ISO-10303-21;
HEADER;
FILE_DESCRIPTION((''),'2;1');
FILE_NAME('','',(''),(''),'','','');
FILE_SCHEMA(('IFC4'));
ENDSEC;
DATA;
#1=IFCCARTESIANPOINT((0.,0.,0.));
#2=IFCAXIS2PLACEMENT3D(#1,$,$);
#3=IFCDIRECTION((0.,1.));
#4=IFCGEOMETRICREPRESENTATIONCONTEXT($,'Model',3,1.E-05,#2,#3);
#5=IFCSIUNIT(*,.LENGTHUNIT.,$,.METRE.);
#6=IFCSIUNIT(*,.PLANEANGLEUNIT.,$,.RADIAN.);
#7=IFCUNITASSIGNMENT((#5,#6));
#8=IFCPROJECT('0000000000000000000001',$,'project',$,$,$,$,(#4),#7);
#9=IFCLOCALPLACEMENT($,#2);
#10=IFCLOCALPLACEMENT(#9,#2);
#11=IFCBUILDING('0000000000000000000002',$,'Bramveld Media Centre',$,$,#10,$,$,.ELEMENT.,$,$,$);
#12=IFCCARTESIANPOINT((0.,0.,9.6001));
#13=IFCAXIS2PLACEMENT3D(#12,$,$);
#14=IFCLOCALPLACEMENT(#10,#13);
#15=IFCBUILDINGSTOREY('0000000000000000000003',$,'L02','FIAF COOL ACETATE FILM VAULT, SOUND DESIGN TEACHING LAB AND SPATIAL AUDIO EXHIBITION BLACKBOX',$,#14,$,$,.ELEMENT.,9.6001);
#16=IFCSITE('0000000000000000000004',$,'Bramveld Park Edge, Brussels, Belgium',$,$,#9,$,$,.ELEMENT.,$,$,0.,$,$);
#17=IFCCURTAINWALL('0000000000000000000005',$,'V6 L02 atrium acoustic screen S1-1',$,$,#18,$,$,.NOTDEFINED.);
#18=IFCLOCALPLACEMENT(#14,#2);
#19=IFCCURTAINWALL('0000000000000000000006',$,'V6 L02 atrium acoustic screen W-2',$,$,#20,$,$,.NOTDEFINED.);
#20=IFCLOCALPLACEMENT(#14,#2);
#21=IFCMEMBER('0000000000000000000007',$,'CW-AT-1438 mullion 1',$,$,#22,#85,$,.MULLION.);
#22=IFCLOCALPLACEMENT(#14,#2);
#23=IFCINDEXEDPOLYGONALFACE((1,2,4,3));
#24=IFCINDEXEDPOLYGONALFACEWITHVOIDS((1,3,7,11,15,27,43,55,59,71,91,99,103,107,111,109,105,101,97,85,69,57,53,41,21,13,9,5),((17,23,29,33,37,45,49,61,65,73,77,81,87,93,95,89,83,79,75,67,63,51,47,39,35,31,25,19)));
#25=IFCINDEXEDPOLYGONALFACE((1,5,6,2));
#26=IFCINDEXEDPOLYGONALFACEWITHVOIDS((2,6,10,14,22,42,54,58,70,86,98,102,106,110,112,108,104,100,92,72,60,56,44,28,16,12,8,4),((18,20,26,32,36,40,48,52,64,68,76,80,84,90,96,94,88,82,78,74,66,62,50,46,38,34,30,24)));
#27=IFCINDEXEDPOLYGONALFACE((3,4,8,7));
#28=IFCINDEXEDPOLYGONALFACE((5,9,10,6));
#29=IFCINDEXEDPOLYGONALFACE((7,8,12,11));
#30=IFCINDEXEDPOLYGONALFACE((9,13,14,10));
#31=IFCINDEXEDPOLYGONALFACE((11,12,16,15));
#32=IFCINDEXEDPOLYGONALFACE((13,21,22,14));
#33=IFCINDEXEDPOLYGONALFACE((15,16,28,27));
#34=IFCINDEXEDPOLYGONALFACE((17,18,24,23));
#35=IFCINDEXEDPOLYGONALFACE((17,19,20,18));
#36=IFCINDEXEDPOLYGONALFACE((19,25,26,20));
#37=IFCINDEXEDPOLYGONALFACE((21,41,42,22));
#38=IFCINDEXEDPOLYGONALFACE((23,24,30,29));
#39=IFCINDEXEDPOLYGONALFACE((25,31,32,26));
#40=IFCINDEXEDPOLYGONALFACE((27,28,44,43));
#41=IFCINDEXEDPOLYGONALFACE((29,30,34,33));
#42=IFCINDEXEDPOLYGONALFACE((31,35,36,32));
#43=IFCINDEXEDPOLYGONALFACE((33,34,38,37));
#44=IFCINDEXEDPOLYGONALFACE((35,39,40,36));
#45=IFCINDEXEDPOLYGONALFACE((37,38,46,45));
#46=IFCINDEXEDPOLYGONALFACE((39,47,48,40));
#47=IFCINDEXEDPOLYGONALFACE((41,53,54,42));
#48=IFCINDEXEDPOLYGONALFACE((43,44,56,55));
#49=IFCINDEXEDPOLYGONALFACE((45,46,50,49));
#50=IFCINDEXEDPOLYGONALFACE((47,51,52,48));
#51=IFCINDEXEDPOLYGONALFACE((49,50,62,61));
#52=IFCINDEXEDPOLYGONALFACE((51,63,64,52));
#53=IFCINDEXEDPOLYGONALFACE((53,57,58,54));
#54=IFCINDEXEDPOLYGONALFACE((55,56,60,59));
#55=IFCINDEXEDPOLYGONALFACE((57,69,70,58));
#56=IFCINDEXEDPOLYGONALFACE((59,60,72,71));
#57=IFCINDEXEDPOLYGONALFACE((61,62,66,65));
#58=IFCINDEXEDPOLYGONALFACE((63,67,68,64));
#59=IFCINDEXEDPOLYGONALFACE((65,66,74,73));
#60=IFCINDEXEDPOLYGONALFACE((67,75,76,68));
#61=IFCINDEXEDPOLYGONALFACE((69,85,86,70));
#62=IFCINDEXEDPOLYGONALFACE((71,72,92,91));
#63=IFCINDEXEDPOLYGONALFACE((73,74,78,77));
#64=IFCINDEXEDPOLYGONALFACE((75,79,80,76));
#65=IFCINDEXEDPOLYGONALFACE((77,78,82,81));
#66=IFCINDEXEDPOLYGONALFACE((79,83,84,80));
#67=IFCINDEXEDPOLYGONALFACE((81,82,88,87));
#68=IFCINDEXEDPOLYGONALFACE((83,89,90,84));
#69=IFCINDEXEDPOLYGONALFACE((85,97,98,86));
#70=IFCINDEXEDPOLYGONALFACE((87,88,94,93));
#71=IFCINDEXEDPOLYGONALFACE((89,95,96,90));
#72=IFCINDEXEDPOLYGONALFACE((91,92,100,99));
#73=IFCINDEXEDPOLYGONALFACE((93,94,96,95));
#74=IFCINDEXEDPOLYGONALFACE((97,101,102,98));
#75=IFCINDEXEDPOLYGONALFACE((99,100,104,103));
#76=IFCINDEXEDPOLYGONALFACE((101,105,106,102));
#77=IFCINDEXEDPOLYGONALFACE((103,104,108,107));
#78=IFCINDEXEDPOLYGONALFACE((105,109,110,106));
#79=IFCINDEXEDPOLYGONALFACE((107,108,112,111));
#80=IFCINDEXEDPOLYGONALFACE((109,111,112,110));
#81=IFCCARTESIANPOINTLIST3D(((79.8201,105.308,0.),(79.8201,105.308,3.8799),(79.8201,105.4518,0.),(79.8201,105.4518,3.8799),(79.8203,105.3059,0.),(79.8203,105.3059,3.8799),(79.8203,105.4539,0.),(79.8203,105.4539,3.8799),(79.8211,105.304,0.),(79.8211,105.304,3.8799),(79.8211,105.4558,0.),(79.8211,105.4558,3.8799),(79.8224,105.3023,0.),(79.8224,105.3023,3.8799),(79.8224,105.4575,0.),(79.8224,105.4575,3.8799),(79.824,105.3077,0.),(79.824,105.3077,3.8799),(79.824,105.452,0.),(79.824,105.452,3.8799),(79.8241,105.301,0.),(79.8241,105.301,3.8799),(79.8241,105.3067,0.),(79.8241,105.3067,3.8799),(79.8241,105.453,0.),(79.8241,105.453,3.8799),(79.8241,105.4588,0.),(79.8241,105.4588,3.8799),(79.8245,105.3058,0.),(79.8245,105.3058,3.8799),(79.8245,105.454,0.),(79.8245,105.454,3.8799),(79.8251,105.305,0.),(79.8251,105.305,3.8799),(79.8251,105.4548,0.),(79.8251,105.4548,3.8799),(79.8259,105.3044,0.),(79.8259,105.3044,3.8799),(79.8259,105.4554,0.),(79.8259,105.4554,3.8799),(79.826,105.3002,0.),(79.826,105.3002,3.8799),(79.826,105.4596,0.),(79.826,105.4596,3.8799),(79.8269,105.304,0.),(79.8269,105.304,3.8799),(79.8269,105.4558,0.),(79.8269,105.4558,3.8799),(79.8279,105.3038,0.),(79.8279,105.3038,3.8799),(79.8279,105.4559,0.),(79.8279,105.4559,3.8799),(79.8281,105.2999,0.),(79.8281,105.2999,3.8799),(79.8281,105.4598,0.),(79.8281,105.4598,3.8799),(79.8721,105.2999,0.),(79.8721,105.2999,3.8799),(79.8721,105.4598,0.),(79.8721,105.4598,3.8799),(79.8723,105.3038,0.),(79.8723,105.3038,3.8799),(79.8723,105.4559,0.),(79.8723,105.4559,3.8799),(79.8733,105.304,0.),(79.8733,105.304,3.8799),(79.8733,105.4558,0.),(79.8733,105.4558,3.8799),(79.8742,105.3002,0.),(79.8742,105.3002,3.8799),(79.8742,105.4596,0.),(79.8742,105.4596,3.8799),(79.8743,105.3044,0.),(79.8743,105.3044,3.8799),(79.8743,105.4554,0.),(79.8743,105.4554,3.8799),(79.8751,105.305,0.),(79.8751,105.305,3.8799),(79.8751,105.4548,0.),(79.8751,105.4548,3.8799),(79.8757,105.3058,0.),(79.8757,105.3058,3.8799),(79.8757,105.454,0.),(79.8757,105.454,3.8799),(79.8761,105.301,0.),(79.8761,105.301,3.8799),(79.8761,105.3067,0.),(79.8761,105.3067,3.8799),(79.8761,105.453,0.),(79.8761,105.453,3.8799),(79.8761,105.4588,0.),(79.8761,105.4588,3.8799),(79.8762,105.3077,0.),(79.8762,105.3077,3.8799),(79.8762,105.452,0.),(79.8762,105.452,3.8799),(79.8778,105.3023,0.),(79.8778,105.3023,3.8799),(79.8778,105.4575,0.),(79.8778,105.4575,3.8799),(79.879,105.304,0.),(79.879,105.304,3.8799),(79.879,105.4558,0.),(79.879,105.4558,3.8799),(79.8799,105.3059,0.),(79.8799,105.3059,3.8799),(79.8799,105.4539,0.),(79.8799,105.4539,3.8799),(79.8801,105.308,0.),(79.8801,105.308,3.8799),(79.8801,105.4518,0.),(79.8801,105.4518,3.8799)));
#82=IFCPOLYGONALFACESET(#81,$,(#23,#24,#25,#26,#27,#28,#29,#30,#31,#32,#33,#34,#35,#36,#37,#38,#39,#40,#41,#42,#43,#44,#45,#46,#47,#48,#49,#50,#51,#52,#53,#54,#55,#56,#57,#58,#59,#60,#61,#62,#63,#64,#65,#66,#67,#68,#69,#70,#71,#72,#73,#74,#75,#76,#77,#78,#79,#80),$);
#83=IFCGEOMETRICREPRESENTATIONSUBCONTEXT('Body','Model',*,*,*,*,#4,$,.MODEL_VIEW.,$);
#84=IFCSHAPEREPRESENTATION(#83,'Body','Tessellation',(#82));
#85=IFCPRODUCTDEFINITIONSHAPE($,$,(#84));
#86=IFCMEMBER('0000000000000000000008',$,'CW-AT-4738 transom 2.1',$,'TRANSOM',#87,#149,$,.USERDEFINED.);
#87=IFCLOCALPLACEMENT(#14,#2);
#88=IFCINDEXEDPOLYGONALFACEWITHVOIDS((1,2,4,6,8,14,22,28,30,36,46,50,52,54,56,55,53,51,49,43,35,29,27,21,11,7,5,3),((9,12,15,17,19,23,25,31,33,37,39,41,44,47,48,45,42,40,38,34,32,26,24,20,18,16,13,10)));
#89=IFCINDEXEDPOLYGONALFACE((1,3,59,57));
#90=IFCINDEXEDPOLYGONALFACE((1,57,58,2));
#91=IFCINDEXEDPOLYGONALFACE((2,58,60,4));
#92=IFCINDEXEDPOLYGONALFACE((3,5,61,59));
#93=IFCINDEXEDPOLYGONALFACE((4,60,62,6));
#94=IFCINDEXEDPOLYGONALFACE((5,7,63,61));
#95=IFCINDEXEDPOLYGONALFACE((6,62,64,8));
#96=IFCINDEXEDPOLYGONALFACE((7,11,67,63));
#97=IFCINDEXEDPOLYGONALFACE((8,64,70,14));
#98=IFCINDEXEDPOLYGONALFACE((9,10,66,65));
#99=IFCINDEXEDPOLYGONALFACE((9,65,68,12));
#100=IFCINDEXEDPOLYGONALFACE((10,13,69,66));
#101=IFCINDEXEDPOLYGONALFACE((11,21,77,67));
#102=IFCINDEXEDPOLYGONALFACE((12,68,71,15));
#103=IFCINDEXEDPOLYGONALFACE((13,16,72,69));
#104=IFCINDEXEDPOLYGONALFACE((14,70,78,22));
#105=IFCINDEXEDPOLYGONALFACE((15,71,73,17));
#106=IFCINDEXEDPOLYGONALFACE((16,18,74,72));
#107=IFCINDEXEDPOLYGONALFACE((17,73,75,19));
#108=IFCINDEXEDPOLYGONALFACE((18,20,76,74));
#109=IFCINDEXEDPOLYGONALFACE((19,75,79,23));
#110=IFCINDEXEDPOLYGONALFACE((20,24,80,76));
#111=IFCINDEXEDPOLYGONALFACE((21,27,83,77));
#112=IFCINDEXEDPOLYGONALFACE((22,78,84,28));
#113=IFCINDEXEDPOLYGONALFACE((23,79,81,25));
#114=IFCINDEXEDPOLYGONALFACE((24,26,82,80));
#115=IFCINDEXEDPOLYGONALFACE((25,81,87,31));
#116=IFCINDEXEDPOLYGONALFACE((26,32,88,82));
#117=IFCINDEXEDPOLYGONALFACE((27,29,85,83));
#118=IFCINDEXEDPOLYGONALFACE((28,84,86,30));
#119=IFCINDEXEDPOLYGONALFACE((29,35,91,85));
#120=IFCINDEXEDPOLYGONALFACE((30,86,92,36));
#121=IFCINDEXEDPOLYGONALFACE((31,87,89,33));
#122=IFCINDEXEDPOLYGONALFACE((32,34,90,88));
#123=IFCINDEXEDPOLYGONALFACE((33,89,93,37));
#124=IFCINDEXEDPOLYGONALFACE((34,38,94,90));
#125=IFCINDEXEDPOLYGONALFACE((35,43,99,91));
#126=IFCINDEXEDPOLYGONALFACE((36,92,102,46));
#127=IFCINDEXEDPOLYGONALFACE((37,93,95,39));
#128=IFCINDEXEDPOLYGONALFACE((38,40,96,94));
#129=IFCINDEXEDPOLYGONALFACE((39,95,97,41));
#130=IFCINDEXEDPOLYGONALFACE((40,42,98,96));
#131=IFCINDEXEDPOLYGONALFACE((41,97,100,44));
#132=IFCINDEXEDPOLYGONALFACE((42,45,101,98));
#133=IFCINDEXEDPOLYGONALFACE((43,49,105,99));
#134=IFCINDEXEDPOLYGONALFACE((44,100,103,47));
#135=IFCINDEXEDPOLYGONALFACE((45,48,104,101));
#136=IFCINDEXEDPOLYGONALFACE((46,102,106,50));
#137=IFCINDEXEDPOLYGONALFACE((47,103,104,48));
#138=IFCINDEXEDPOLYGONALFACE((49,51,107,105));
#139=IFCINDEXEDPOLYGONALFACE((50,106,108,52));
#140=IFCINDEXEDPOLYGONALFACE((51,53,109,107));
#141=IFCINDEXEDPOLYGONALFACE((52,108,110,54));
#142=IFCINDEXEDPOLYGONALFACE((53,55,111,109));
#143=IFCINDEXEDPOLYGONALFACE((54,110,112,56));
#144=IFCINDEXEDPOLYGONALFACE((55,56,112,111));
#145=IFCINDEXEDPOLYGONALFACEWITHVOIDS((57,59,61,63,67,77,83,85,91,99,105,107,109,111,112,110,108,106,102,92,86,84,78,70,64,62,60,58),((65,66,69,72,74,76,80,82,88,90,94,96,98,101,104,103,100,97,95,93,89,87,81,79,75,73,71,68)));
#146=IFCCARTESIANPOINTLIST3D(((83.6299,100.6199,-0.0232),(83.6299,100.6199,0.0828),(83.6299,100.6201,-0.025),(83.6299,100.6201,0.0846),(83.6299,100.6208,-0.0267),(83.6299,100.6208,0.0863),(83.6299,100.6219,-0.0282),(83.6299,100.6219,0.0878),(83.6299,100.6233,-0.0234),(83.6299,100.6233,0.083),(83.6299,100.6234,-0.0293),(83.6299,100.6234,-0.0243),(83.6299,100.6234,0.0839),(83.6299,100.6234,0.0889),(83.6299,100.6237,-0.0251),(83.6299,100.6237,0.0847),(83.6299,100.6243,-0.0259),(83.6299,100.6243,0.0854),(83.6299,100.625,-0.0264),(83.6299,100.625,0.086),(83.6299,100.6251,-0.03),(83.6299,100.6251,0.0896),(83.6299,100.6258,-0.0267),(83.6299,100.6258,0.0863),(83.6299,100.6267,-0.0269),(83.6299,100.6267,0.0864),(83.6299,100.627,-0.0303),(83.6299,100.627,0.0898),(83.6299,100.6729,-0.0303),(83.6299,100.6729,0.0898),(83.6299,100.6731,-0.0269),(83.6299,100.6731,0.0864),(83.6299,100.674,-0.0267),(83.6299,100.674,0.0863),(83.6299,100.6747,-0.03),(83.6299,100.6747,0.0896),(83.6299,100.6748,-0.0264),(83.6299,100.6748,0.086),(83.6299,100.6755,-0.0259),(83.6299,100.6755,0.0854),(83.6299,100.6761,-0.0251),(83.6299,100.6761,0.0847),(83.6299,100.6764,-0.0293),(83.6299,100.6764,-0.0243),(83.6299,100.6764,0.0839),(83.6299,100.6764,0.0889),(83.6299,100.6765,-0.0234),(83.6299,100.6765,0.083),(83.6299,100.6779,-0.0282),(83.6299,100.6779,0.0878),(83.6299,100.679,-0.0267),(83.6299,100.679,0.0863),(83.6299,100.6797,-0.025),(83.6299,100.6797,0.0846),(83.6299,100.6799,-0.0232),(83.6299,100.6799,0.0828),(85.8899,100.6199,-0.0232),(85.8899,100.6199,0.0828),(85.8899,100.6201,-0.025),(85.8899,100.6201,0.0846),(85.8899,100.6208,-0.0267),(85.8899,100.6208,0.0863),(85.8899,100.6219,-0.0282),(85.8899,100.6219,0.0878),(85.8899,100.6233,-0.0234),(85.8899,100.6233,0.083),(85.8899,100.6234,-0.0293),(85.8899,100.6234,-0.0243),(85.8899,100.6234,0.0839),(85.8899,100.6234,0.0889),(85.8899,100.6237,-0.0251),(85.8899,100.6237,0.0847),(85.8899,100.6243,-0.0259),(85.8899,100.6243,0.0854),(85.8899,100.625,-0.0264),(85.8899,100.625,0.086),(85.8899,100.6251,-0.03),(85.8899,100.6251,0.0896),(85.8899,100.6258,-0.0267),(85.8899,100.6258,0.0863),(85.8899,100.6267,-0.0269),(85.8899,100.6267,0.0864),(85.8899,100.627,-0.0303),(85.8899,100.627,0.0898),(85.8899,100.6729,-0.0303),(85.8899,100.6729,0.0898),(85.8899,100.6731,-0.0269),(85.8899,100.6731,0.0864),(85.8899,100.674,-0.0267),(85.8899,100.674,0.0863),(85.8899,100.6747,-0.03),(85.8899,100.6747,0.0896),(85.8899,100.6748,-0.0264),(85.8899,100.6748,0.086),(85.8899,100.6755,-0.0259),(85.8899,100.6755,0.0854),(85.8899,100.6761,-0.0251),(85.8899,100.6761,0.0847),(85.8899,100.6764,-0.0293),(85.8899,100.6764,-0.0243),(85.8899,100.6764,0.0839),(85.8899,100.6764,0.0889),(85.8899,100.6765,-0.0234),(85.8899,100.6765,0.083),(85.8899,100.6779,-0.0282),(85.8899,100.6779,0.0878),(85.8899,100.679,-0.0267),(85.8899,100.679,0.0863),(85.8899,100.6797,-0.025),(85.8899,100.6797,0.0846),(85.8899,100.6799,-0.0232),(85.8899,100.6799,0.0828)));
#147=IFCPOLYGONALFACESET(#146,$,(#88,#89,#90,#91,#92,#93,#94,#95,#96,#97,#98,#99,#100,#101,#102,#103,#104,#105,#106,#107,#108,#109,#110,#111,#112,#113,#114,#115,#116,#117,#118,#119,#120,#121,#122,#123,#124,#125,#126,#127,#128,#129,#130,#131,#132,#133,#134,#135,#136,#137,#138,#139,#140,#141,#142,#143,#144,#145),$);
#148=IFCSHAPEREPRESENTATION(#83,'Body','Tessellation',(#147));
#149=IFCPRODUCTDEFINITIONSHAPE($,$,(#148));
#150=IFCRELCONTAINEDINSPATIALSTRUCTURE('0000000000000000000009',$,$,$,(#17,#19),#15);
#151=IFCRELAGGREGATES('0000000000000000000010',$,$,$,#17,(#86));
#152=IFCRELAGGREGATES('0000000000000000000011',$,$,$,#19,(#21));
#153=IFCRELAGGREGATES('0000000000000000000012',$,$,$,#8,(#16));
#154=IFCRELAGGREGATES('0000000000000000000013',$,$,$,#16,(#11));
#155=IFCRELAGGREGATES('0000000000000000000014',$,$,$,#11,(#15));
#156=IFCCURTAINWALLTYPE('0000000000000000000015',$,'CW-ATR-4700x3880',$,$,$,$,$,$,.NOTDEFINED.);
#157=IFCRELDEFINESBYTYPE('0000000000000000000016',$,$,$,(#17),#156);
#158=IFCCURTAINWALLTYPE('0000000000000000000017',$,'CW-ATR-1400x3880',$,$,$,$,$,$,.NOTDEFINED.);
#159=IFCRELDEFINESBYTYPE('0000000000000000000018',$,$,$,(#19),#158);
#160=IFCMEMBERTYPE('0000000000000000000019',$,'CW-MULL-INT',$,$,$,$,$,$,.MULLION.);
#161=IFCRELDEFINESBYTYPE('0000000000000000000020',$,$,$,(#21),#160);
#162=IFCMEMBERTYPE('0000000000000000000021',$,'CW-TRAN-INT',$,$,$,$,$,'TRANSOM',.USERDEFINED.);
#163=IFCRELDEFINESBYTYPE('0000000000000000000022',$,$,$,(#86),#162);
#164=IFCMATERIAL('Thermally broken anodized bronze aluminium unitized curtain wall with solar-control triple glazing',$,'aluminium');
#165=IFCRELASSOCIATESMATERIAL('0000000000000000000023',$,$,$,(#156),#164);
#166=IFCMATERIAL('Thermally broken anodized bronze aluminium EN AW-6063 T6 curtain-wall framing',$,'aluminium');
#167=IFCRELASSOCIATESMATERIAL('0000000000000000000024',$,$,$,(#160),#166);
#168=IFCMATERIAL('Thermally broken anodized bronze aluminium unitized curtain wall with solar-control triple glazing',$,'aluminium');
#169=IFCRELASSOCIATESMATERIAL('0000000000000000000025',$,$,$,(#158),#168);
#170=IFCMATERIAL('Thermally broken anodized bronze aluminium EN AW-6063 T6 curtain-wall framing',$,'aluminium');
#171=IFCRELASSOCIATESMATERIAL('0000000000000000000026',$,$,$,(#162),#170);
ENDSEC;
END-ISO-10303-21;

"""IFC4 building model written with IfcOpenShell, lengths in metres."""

from ifc_helpers import new_model, si_unit, direction, frame, origin, origin_2d, place, context, subcontext, project, spatial, hollow_rectangle, extrude, material, material_profile, profile_set, type_object, element, aggregate, save


model = new_model("IFC4")

# Units and contexts
model_context = context("Model", 3, precision=1e-05, world=origin(), true_north=direction((0.0, 1.0)))
body_context = subcontext(model_context, "Body", "Model", "MODEL_VIEW")
ifc_project = project(units=[si_unit("LENGTHUNIT", "METRE"), si_unit("PLANEANGLEUNIT", "RADIAN")], contexts=[model_context])

# Site, building, storey
site_placement = place(None, origin())
site = spatial("IfcSite", under=ifc_project, at=site_placement, Name="Bramveld Park Edge, Brussels, Belgium", CompositionType="ELEMENT", RefElevation=0.0)
building_placement = place(site_placement, origin())
building = spatial("IfcBuilding", under=site, at=building_placement, Name="Bramveld Media Centre", CompositionType="ELEMENT")
storey_placement = place(building_placement, frame((0.0, 0.0, 9.6001)))
storey = spatial("IfcBuildingStorey", under=building, at=storey_placement, Name="L02", Description="FIAF COOL ACETATE FILM VAULT, SOUND DESIGN TEACHING LAB AND SPATIAL AUDIO EXHIBITION BLACKBOX", CompositionType="ELEMENT", Elevation=9.6001)

# Curtain wall
ifc_material_1 = material(Name="Thermally broken anodized bronze aluminium unitized curtain wall with solar-control triple glazing", Category="aluminium")
curtain_wall_type_1 = type_object("IfcCurtainWallType", Name="CW-ATR-4700x3880", PredefinedType="NOTDEFINED", material=ifc_material_1)
curtain_wall_1_placement = place(storey_placement, origin())
curtain_wall_1 = element("IfcCurtainWall", 1, at=curtain_wall_1_placement, inside=storey, type_object=curtain_wall_type_1, Name="V6 L02 atrium acoustic screen S1-1", PredefinedType="NOTDEFINED")
ifc_material_2 = material(Name="Thermally broken anodized bronze aluminium EN AW-6063 T6 curtain-wall framing", Category="aluminium")
ifc_material_profile_1 = material_profile(ifc_material_2, hollow_rectangle(XDim=0.0601, YDim=0.1599, WallThickness=0.0039, InnerFilletRadius=0.0039, OuterFilletRadius=0.0081, at=origin_2d()), Name="AL-MULL 60x160")
ifc_profile_set_1 = profile_set([ifc_material_profile_1], Name="Thermally broken anodized bronze aluminium EN AW-6063 T6 curtain-wall framing")
member_type_1 = type_object("IfcMemberType", Name="CW-MULL-INT", PredefinedType="MULLION", material=ifc_profile_set_1)

# Curtain wall, member
ifc_material_3 = material(Name="Thermally broken anodized bronze aluminium unitized curtain wall with solar-control triple glazing", Category="aluminium")
curtain_wall_type_2 = type_object("IfcCurtainWallType", Name="CW-ATR-1400x3880", PredefinedType="NOTDEFINED", material=ifc_material_3)
curtain_wall_2_placement = place(storey_placement, origin())
curtain_wall_2 = element("IfcCurtainWall", 2, at=curtain_wall_2_placement, inside=storey, type_object=curtain_wall_type_2, Name="V6 L02 atrium acoustic screen W-2", PredefinedType="NOTDEFINED")
member_1_placement = place(storey_placement, frame((79.8501, 105.3799, 0.0), z_axis=(0.0, 0.0, 1.0), x_axis=(-1.0, 0.0, 0.0)))
member_1 = element("IfcMember", 3, at=member_1_placement, type_object=member_type_1, Name="CW-AT-1438 mullion 1", PredefinedType="MULLION", context=body_context, shape_type="SweptSolid", body=[
    extrude(hollow_rectangle(XDim=0.0601, YDim=0.1599, WallThickness=0.0039, InnerFilletRadius=0.0039, OuterFilletRadius=0.0081, at=origin_2d()), origin(), (0.0, 0.0, 1.0), 3.8799),
])

# Member
ifc_material_4 = material(Name="Thermally broken anodized bronze aluminium EN AW-6063 T6 curtain-wall framing", Category="aluminium")
ifc_material_profile_2 = material_profile(ifc_material_4, hollow_rectangle(XDim=0.0601, YDim=0.1201, WallThickness=0.0034, InnerFilletRadius=0.0034, OuterFilletRadius=0.0071, at=origin_2d()), Name="AL-TRAN 60x120")
ifc_profile_set_2 = profile_set([ifc_material_profile_2], Name="Thermally broken anodized bronze aluminium EN AW-6063 T6 curtain-wall framing")
member_type_2 = type_object("IfcMemberType", Name="CW-TRAN-INT", ElementType="TRANSOM", PredefinedType="USERDEFINED", material=ifc_profile_set_2)
member_2_placement = place(storey_placement, frame((83.6299, 100.6499, 0.0298), z_axis=(1.0, 0.0, 0.0), x_axis=(0.0, 1.0, 0.0)))
member_2 = element("IfcMember", 4, at=member_2_placement, type_object=member_type_2, Name="CW-AT-4738 transom 2.1", ObjectType="TRANSOM", PredefinedType="USERDEFINED", context=body_context, shape_type="SweptSolid", body=[
    extrude(hollow_rectangle(XDim=0.0601, YDim=0.1201, WallThickness=0.0034, InnerFilletRadius=0.0034, OuterFilletRadius=0.0071, at=origin_2d()), origin(), (0.0, 0.0, 1.0), 2.26),
])

aggregate(curtain_wall_1, [member_2])
aggregate(curtain_wall_2, [member_1])

save(model, "model.ifc")
